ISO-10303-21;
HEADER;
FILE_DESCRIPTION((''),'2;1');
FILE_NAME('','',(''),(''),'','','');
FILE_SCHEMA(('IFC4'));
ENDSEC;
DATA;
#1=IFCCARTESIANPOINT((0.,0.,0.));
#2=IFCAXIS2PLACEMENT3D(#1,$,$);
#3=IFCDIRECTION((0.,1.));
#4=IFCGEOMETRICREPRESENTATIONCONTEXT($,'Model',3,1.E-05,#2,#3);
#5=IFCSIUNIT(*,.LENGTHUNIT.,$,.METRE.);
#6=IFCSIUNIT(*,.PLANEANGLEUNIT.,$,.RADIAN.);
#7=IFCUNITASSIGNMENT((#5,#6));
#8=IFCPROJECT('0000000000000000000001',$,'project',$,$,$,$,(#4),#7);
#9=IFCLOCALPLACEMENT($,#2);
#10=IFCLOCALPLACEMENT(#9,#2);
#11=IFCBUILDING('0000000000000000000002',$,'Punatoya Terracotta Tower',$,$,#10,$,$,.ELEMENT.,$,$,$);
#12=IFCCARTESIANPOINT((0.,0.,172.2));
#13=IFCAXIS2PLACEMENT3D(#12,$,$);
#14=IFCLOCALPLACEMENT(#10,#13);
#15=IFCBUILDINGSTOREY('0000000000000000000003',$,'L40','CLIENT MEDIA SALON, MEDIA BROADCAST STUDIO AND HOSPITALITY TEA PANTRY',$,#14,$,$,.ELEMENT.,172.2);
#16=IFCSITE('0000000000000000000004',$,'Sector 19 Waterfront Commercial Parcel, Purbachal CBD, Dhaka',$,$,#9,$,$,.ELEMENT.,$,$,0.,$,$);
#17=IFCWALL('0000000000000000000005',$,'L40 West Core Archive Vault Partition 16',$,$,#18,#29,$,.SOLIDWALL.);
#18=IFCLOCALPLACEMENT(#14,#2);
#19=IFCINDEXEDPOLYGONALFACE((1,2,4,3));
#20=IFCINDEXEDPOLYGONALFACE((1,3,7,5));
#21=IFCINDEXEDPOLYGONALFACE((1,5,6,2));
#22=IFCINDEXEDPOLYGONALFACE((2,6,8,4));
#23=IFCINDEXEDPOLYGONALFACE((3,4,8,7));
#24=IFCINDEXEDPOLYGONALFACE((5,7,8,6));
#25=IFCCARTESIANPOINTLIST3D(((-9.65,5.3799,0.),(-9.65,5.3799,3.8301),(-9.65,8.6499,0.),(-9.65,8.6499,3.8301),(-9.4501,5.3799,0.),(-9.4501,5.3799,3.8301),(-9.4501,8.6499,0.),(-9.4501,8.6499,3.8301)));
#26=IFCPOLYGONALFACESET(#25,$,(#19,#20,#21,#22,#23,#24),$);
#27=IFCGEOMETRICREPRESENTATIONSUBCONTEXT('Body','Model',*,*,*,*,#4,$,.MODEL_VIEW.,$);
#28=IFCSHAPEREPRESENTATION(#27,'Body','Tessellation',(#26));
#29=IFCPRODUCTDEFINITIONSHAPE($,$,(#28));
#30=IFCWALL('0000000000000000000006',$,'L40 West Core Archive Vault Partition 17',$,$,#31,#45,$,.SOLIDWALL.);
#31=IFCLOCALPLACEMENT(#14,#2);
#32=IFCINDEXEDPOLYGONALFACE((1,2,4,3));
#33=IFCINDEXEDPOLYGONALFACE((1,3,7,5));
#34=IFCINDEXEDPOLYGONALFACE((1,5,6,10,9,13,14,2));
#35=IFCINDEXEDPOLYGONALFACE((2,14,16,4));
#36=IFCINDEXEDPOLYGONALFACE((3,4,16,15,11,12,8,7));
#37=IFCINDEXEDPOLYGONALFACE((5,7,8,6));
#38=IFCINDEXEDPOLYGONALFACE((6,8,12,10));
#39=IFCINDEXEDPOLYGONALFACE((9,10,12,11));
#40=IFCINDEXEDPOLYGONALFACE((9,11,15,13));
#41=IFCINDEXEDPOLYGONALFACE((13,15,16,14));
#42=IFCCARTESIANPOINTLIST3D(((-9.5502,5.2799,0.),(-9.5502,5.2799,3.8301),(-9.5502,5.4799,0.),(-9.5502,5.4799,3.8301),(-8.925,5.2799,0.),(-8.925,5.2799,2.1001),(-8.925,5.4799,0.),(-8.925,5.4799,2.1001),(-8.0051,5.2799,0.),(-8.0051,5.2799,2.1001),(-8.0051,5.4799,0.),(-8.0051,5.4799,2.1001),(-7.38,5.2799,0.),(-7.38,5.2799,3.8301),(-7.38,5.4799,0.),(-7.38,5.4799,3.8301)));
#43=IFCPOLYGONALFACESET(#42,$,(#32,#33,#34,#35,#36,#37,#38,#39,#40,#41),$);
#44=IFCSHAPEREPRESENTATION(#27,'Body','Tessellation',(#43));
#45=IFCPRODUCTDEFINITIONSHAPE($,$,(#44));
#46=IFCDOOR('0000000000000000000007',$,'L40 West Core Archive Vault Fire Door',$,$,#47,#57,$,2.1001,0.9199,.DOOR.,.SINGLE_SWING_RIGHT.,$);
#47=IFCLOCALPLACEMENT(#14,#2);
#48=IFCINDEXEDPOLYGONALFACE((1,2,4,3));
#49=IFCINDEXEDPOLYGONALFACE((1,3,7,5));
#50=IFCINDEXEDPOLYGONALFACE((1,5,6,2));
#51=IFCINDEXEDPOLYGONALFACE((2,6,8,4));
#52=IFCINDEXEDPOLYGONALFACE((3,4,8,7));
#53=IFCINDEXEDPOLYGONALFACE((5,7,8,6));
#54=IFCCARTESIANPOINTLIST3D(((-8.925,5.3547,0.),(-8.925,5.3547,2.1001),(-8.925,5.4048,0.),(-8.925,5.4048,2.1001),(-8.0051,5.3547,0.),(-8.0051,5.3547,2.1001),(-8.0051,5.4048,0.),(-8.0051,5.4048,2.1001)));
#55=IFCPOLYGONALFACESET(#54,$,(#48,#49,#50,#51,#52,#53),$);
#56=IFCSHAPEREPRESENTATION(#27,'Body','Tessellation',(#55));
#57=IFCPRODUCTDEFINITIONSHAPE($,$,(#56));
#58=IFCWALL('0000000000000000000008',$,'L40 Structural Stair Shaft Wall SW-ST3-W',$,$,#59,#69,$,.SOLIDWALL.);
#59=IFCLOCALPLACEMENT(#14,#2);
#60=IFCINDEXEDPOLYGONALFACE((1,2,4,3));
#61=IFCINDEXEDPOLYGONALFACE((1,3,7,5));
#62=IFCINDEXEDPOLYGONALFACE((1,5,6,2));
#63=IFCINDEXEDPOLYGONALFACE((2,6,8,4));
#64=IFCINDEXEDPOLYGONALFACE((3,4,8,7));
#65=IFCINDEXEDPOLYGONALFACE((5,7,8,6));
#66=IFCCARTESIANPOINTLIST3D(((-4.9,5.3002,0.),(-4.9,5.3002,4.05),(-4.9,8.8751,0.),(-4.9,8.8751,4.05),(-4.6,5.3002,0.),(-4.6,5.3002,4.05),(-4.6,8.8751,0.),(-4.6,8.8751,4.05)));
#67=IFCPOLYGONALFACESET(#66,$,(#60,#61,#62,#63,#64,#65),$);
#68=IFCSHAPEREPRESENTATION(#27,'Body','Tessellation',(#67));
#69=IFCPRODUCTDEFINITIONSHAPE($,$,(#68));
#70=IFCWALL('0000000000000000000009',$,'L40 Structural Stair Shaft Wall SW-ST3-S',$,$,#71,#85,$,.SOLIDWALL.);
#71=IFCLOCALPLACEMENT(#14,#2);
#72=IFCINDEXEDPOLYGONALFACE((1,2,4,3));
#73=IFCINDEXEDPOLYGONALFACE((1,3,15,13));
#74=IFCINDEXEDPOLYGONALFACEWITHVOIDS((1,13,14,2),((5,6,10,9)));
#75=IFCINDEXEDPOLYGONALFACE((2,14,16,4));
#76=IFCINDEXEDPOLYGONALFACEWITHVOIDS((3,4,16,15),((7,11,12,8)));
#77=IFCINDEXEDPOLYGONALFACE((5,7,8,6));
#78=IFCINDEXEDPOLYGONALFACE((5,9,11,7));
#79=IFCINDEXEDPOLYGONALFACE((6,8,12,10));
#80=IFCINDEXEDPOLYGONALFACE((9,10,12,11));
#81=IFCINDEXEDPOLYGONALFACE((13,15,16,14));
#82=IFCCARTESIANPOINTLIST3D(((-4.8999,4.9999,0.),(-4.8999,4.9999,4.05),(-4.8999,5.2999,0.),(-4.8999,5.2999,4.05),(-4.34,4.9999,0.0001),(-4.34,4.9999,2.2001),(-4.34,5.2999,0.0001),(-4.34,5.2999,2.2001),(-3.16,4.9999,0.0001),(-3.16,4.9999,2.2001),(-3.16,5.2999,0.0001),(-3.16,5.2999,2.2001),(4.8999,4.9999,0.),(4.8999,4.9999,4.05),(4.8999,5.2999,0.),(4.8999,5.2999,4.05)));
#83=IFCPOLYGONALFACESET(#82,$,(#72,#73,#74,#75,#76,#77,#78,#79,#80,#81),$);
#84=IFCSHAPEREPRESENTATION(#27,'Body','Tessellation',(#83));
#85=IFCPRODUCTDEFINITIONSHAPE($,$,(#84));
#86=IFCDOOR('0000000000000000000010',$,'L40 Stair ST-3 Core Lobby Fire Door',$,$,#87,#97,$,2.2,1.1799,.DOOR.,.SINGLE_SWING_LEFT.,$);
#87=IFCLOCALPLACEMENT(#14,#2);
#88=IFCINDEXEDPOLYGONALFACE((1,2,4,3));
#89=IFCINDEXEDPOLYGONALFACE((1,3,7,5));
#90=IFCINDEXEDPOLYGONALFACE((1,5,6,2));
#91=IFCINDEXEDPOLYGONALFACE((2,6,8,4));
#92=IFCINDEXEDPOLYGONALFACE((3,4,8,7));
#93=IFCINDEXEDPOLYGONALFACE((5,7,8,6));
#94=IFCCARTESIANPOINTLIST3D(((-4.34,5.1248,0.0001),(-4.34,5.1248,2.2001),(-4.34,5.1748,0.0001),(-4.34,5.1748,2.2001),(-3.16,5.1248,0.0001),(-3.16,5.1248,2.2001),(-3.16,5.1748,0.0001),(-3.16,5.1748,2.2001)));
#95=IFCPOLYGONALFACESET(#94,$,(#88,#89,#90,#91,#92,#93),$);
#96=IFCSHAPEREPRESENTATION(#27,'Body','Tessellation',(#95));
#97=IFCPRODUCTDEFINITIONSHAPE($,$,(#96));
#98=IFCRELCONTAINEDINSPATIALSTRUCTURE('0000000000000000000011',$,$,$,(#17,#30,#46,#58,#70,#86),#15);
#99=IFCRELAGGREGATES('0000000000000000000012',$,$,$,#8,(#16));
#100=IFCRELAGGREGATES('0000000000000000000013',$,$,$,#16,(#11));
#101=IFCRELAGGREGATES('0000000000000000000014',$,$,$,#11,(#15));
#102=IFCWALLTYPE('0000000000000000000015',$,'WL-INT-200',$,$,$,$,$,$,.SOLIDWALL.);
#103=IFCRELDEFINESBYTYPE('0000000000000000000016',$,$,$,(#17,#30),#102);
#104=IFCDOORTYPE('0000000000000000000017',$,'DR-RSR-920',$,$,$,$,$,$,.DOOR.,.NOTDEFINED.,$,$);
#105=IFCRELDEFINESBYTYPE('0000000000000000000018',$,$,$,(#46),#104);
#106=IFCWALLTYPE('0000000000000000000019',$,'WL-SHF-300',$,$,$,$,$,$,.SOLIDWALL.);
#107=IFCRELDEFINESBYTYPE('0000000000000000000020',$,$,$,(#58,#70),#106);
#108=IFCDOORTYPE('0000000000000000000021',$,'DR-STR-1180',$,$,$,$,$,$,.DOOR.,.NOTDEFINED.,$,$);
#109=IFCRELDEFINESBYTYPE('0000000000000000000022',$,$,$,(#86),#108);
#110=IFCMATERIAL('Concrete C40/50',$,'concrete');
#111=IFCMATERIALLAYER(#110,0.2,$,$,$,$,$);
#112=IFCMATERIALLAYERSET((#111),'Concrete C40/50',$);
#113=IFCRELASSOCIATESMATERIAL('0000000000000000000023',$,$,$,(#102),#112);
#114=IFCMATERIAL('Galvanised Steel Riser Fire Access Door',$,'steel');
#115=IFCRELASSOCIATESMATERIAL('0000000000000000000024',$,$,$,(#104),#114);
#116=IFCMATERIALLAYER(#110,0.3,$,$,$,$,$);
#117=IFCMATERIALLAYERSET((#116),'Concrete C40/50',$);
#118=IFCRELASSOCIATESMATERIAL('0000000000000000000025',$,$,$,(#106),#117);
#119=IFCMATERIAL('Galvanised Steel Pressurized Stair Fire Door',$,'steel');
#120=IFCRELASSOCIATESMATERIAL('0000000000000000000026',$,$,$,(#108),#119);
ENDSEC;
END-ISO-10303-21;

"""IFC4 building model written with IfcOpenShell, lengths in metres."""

from ifc_helpers import new_model, si_unit, direction, frame, frame_2d, origin, place, context, subcontext, project, spatial, rectangle, extrude, material, layer, layer_set, type_object, element, fill, save


model = new_model("IFC4")

# Units and contexts
model_context = context("Model", 3, precision=1e-05, world=origin(), true_north=direction((0.0, 1.0)))
body_context = subcontext(model_context, "Body", "Model", "MODEL_VIEW")
ifc_project = project(units=[si_unit("LENGTHUNIT", "METRE"), si_unit("PLANEANGLEUNIT", "RADIAN")], contexts=[model_context])

# Site, building, storey
site_placement = place(None, origin())
site = spatial("IfcSite", under=ifc_project, at=site_placement, Name="Sector 19 Waterfront Commercial Parcel, Purbachal CBD, Dhaka", CompositionType="ELEMENT", RefElevation=0.0)
building_placement = place(site_placement, origin())
building = spatial("IfcBuilding", under=site, at=building_placement, Name="Punatoya Terracotta Tower", CompositionType="ELEMENT")
storey_placement = place(building_placement, frame((0.0, 0.0, 172.2)))
storey = spatial("IfcBuildingStorey", under=building, at=storey_placement, Name="L40", Description="CLIENT MEDIA SALON, MEDIA BROADCAST STUDIO AND HOSPITALITY TEA PANTRY", CompositionType="ELEMENT", Elevation=172.2)

# Wall
ifc_material_1 = material(Name="Concrete C40/50", Category="concrete")
ifc_layer_1 = layer(ifc_material_1, 0.2)
ifc_layer_set_1 = layer_set([ifc_layer_1], Name="Concrete C40/50")
wall_type_1 = type_object("IfcWallType", Name="WL-INT-200", PredefinedType="SOLIDWALL", material=ifc_layer_set_1)
wall_1_placement = place(storey_placement, frame((-9.55, 8.6499, 0.0), z_axis=(0.0, 0.0, 1.0), x_axis=(0.0, -1.0, 0.0)))
element("IfcWall", 1, at=wall_1_placement, inside=storey, type_object=wall_type_1, Name="L40 West Core Archive Vault Partition 16", PredefinedType="SOLIDWALL", context=body_context, shape_type="SweptSolid", body=[
    extrude(rectangle(XDim=3.27, YDim=0.2, at=frame_2d((1.635, 0.0))), origin(), (0.0, 0.0, 1.0), 3.8301),
])

# Wall, opening, door
wall_2_placement = place(storey_placement, frame((-9.55, 5.3799, 0.0), z_axis=(0.0, 0.0, 1.0), x_axis=(1.0, 0.0, 0.0)))
wall_2 = element("IfcWall", 2, at=wall_2_placement, inside=storey, type_object=wall_type_1, Name="L40 West Core Archive Vault Partition 17", PredefinedType="SOLIDWALL", context=body_context, shape_type="SweptSolid", body=[
    extrude(rectangle(XDim=2.1702, YDim=0.2, at=frame_2d((1.085, 0.0))), origin(), (0.0, 0.0, 1.0), 3.8301),
])
opening_1_placement = place(wall_2_placement, frame((0.625, 0.0, 0.0)))
opening_1 = element("IfcOpeningElement", 3, at=opening_1_placement, cuts=wall_2, PredefinedType="OPENING", context=body_context, shape_type="SweptSolid", body=[
    extrude(rectangle(XDim=0.9199, YDim=2.1001, at=frame_2d((0.46, 1.05))), frame((0.0, 0.1099, 0.0), z_axis=(0.0, -1.0, 0.0), x_axis=(1.0, 0.0, 0.0)), (0.0, 0.0, 1.0), 0.22),
])
ifc_material_2 = material(Name="Galvanised Steel Riser Fire Access Door", Category="steel")
door_type_1 = type_object("IfcDoorType", Name="DR-RSR-920", OperationType="NOTDEFINED", PredefinedType="DOOR", material=ifc_material_2)
door_1_placement = place(opening_1_placement, origin())
door_1 = element("IfcDoor", 4, at=door_1_placement, inside=storey, type_object=door_type_1, Name="L40 West Core Archive Vault Fire Door", OperationType="SINGLE_SWING_RIGHT", OverallHeight=2.1001, OverallWidth=0.9199, PredefinedType="DOOR", context=body_context, shape_type="SweptSolid", body=[
    extrude(rectangle(XDim=0.9199, YDim=2.1001, at=frame_2d((0.46, 1.05))), frame((0.0, 0.0249, 0.0), z_axis=(0.0, -1.0, 0.0), x_axis=(1.0, 0.0, 0.0)), (0.0, 0.0, 1.0), 0.05),
])
fill(opening_1, door_1)

# Wall
ifc_layer_2 = layer(ifc_material_1, 0.3)
ifc_layer_set_2 = layer_set([ifc_layer_2], Name="Concrete C40/50")
wall_type_2 = type_object("IfcWallType", Name="WL-SHF-300", PredefinedType="SOLIDWALL", material=ifc_layer_set_2)
wall_3_placement = place(storey_placement, frame((-4.75, 5.3, 0.0), z_axis=(0.0, 0.0, 1.0), x_axis=(0.0, 1.0, 0.0)))
element("IfcWall", 5, at=wall_3_placement, inside=storey, type_object=wall_type_2, Name="L40 Structural Stair Shaft Wall SW-ST3-W", PredefinedType="SOLIDWALL", context=body_context, shape_type="SweptSolid", body=[
    extrude(rectangle(XDim=3.575, YDim=0.3, at=frame_2d((1.7876, 0.0))), origin(), (0.0, 0.0, 1.0), 4.05),
])

# Wall, opening, door
wall_4_placement = place(storey_placement, frame((-4.8999, 5.1499, 0.0), z_axis=(0.0, 0.0, 1.0), x_axis=(1.0, 0.0, 0.0)))
wall_4 = element("IfcWall", 6, at=wall_4_placement, inside=storey, type_object=wall_type_2, Name="L40 Structural Stair Shaft Wall SW-ST3-S", PredefinedType="SOLIDWALL", context=body_context, shape_type="SweptSolid", body=[
    extrude(rectangle(XDim=9.7998, YDim=0.3, at=frame_2d((4.8999, 0.0))), origin(), (0.0, 0.0, 1.0), 4.05),
])
opening_2_placement = place(wall_4_placement, frame((0.5601, 0.0, 0.0)))
opening_2 = element("IfcOpeningElement", 7, at=opening_2_placement, cuts=wall_4, PredefinedType="OPENING", context=body_context, shape_type="SweptSolid", body=[
    extrude(rectangle(XDim=1.1799, YDim=2.2, at=frame_2d((0.5898, 1.1001))), frame((0.0, 0.1599, 0.0), z_axis=(0.0, -1.0, 0.0), x_axis=(1.0, 0.0, 0.0)), (0.0, 0.0, 1.0), 0.3201),
])
ifc_material_3 = material(Name="Galvanised Steel Pressurized Stair Fire Door", Category="steel")
door_type_2 = type_object("IfcDoorType", Name="DR-STR-1180", OperationType="NOTDEFINED", PredefinedType="DOOR", material=ifc_material_3)
door_2_placement = place(opening_2_placement, origin())
door_2 = element("IfcDoor", 8, at=door_2_placement, inside=storey, type_object=door_type_2, Name="L40 Stair ST-3 Core Lobby Fire Door", OperationType="SINGLE_SWING_LEFT", OverallHeight=2.2, OverallWidth=1.1799, PredefinedType="DOOR", context=body_context, shape_type="SweptSolid", body=[
    extrude(rectangle(XDim=1.1799, YDim=2.2, at=frame_2d((0.5898, 1.1001))), frame((0.0, 0.0249, 0.0), z_axis=(0.0, -1.0, 0.0), x_axis=(1.0, 0.0, 0.0)), (0.0, 0.0, 1.0), 0.05),
])
fill(opening_2, door_2)

save(model, "model.ifc")
